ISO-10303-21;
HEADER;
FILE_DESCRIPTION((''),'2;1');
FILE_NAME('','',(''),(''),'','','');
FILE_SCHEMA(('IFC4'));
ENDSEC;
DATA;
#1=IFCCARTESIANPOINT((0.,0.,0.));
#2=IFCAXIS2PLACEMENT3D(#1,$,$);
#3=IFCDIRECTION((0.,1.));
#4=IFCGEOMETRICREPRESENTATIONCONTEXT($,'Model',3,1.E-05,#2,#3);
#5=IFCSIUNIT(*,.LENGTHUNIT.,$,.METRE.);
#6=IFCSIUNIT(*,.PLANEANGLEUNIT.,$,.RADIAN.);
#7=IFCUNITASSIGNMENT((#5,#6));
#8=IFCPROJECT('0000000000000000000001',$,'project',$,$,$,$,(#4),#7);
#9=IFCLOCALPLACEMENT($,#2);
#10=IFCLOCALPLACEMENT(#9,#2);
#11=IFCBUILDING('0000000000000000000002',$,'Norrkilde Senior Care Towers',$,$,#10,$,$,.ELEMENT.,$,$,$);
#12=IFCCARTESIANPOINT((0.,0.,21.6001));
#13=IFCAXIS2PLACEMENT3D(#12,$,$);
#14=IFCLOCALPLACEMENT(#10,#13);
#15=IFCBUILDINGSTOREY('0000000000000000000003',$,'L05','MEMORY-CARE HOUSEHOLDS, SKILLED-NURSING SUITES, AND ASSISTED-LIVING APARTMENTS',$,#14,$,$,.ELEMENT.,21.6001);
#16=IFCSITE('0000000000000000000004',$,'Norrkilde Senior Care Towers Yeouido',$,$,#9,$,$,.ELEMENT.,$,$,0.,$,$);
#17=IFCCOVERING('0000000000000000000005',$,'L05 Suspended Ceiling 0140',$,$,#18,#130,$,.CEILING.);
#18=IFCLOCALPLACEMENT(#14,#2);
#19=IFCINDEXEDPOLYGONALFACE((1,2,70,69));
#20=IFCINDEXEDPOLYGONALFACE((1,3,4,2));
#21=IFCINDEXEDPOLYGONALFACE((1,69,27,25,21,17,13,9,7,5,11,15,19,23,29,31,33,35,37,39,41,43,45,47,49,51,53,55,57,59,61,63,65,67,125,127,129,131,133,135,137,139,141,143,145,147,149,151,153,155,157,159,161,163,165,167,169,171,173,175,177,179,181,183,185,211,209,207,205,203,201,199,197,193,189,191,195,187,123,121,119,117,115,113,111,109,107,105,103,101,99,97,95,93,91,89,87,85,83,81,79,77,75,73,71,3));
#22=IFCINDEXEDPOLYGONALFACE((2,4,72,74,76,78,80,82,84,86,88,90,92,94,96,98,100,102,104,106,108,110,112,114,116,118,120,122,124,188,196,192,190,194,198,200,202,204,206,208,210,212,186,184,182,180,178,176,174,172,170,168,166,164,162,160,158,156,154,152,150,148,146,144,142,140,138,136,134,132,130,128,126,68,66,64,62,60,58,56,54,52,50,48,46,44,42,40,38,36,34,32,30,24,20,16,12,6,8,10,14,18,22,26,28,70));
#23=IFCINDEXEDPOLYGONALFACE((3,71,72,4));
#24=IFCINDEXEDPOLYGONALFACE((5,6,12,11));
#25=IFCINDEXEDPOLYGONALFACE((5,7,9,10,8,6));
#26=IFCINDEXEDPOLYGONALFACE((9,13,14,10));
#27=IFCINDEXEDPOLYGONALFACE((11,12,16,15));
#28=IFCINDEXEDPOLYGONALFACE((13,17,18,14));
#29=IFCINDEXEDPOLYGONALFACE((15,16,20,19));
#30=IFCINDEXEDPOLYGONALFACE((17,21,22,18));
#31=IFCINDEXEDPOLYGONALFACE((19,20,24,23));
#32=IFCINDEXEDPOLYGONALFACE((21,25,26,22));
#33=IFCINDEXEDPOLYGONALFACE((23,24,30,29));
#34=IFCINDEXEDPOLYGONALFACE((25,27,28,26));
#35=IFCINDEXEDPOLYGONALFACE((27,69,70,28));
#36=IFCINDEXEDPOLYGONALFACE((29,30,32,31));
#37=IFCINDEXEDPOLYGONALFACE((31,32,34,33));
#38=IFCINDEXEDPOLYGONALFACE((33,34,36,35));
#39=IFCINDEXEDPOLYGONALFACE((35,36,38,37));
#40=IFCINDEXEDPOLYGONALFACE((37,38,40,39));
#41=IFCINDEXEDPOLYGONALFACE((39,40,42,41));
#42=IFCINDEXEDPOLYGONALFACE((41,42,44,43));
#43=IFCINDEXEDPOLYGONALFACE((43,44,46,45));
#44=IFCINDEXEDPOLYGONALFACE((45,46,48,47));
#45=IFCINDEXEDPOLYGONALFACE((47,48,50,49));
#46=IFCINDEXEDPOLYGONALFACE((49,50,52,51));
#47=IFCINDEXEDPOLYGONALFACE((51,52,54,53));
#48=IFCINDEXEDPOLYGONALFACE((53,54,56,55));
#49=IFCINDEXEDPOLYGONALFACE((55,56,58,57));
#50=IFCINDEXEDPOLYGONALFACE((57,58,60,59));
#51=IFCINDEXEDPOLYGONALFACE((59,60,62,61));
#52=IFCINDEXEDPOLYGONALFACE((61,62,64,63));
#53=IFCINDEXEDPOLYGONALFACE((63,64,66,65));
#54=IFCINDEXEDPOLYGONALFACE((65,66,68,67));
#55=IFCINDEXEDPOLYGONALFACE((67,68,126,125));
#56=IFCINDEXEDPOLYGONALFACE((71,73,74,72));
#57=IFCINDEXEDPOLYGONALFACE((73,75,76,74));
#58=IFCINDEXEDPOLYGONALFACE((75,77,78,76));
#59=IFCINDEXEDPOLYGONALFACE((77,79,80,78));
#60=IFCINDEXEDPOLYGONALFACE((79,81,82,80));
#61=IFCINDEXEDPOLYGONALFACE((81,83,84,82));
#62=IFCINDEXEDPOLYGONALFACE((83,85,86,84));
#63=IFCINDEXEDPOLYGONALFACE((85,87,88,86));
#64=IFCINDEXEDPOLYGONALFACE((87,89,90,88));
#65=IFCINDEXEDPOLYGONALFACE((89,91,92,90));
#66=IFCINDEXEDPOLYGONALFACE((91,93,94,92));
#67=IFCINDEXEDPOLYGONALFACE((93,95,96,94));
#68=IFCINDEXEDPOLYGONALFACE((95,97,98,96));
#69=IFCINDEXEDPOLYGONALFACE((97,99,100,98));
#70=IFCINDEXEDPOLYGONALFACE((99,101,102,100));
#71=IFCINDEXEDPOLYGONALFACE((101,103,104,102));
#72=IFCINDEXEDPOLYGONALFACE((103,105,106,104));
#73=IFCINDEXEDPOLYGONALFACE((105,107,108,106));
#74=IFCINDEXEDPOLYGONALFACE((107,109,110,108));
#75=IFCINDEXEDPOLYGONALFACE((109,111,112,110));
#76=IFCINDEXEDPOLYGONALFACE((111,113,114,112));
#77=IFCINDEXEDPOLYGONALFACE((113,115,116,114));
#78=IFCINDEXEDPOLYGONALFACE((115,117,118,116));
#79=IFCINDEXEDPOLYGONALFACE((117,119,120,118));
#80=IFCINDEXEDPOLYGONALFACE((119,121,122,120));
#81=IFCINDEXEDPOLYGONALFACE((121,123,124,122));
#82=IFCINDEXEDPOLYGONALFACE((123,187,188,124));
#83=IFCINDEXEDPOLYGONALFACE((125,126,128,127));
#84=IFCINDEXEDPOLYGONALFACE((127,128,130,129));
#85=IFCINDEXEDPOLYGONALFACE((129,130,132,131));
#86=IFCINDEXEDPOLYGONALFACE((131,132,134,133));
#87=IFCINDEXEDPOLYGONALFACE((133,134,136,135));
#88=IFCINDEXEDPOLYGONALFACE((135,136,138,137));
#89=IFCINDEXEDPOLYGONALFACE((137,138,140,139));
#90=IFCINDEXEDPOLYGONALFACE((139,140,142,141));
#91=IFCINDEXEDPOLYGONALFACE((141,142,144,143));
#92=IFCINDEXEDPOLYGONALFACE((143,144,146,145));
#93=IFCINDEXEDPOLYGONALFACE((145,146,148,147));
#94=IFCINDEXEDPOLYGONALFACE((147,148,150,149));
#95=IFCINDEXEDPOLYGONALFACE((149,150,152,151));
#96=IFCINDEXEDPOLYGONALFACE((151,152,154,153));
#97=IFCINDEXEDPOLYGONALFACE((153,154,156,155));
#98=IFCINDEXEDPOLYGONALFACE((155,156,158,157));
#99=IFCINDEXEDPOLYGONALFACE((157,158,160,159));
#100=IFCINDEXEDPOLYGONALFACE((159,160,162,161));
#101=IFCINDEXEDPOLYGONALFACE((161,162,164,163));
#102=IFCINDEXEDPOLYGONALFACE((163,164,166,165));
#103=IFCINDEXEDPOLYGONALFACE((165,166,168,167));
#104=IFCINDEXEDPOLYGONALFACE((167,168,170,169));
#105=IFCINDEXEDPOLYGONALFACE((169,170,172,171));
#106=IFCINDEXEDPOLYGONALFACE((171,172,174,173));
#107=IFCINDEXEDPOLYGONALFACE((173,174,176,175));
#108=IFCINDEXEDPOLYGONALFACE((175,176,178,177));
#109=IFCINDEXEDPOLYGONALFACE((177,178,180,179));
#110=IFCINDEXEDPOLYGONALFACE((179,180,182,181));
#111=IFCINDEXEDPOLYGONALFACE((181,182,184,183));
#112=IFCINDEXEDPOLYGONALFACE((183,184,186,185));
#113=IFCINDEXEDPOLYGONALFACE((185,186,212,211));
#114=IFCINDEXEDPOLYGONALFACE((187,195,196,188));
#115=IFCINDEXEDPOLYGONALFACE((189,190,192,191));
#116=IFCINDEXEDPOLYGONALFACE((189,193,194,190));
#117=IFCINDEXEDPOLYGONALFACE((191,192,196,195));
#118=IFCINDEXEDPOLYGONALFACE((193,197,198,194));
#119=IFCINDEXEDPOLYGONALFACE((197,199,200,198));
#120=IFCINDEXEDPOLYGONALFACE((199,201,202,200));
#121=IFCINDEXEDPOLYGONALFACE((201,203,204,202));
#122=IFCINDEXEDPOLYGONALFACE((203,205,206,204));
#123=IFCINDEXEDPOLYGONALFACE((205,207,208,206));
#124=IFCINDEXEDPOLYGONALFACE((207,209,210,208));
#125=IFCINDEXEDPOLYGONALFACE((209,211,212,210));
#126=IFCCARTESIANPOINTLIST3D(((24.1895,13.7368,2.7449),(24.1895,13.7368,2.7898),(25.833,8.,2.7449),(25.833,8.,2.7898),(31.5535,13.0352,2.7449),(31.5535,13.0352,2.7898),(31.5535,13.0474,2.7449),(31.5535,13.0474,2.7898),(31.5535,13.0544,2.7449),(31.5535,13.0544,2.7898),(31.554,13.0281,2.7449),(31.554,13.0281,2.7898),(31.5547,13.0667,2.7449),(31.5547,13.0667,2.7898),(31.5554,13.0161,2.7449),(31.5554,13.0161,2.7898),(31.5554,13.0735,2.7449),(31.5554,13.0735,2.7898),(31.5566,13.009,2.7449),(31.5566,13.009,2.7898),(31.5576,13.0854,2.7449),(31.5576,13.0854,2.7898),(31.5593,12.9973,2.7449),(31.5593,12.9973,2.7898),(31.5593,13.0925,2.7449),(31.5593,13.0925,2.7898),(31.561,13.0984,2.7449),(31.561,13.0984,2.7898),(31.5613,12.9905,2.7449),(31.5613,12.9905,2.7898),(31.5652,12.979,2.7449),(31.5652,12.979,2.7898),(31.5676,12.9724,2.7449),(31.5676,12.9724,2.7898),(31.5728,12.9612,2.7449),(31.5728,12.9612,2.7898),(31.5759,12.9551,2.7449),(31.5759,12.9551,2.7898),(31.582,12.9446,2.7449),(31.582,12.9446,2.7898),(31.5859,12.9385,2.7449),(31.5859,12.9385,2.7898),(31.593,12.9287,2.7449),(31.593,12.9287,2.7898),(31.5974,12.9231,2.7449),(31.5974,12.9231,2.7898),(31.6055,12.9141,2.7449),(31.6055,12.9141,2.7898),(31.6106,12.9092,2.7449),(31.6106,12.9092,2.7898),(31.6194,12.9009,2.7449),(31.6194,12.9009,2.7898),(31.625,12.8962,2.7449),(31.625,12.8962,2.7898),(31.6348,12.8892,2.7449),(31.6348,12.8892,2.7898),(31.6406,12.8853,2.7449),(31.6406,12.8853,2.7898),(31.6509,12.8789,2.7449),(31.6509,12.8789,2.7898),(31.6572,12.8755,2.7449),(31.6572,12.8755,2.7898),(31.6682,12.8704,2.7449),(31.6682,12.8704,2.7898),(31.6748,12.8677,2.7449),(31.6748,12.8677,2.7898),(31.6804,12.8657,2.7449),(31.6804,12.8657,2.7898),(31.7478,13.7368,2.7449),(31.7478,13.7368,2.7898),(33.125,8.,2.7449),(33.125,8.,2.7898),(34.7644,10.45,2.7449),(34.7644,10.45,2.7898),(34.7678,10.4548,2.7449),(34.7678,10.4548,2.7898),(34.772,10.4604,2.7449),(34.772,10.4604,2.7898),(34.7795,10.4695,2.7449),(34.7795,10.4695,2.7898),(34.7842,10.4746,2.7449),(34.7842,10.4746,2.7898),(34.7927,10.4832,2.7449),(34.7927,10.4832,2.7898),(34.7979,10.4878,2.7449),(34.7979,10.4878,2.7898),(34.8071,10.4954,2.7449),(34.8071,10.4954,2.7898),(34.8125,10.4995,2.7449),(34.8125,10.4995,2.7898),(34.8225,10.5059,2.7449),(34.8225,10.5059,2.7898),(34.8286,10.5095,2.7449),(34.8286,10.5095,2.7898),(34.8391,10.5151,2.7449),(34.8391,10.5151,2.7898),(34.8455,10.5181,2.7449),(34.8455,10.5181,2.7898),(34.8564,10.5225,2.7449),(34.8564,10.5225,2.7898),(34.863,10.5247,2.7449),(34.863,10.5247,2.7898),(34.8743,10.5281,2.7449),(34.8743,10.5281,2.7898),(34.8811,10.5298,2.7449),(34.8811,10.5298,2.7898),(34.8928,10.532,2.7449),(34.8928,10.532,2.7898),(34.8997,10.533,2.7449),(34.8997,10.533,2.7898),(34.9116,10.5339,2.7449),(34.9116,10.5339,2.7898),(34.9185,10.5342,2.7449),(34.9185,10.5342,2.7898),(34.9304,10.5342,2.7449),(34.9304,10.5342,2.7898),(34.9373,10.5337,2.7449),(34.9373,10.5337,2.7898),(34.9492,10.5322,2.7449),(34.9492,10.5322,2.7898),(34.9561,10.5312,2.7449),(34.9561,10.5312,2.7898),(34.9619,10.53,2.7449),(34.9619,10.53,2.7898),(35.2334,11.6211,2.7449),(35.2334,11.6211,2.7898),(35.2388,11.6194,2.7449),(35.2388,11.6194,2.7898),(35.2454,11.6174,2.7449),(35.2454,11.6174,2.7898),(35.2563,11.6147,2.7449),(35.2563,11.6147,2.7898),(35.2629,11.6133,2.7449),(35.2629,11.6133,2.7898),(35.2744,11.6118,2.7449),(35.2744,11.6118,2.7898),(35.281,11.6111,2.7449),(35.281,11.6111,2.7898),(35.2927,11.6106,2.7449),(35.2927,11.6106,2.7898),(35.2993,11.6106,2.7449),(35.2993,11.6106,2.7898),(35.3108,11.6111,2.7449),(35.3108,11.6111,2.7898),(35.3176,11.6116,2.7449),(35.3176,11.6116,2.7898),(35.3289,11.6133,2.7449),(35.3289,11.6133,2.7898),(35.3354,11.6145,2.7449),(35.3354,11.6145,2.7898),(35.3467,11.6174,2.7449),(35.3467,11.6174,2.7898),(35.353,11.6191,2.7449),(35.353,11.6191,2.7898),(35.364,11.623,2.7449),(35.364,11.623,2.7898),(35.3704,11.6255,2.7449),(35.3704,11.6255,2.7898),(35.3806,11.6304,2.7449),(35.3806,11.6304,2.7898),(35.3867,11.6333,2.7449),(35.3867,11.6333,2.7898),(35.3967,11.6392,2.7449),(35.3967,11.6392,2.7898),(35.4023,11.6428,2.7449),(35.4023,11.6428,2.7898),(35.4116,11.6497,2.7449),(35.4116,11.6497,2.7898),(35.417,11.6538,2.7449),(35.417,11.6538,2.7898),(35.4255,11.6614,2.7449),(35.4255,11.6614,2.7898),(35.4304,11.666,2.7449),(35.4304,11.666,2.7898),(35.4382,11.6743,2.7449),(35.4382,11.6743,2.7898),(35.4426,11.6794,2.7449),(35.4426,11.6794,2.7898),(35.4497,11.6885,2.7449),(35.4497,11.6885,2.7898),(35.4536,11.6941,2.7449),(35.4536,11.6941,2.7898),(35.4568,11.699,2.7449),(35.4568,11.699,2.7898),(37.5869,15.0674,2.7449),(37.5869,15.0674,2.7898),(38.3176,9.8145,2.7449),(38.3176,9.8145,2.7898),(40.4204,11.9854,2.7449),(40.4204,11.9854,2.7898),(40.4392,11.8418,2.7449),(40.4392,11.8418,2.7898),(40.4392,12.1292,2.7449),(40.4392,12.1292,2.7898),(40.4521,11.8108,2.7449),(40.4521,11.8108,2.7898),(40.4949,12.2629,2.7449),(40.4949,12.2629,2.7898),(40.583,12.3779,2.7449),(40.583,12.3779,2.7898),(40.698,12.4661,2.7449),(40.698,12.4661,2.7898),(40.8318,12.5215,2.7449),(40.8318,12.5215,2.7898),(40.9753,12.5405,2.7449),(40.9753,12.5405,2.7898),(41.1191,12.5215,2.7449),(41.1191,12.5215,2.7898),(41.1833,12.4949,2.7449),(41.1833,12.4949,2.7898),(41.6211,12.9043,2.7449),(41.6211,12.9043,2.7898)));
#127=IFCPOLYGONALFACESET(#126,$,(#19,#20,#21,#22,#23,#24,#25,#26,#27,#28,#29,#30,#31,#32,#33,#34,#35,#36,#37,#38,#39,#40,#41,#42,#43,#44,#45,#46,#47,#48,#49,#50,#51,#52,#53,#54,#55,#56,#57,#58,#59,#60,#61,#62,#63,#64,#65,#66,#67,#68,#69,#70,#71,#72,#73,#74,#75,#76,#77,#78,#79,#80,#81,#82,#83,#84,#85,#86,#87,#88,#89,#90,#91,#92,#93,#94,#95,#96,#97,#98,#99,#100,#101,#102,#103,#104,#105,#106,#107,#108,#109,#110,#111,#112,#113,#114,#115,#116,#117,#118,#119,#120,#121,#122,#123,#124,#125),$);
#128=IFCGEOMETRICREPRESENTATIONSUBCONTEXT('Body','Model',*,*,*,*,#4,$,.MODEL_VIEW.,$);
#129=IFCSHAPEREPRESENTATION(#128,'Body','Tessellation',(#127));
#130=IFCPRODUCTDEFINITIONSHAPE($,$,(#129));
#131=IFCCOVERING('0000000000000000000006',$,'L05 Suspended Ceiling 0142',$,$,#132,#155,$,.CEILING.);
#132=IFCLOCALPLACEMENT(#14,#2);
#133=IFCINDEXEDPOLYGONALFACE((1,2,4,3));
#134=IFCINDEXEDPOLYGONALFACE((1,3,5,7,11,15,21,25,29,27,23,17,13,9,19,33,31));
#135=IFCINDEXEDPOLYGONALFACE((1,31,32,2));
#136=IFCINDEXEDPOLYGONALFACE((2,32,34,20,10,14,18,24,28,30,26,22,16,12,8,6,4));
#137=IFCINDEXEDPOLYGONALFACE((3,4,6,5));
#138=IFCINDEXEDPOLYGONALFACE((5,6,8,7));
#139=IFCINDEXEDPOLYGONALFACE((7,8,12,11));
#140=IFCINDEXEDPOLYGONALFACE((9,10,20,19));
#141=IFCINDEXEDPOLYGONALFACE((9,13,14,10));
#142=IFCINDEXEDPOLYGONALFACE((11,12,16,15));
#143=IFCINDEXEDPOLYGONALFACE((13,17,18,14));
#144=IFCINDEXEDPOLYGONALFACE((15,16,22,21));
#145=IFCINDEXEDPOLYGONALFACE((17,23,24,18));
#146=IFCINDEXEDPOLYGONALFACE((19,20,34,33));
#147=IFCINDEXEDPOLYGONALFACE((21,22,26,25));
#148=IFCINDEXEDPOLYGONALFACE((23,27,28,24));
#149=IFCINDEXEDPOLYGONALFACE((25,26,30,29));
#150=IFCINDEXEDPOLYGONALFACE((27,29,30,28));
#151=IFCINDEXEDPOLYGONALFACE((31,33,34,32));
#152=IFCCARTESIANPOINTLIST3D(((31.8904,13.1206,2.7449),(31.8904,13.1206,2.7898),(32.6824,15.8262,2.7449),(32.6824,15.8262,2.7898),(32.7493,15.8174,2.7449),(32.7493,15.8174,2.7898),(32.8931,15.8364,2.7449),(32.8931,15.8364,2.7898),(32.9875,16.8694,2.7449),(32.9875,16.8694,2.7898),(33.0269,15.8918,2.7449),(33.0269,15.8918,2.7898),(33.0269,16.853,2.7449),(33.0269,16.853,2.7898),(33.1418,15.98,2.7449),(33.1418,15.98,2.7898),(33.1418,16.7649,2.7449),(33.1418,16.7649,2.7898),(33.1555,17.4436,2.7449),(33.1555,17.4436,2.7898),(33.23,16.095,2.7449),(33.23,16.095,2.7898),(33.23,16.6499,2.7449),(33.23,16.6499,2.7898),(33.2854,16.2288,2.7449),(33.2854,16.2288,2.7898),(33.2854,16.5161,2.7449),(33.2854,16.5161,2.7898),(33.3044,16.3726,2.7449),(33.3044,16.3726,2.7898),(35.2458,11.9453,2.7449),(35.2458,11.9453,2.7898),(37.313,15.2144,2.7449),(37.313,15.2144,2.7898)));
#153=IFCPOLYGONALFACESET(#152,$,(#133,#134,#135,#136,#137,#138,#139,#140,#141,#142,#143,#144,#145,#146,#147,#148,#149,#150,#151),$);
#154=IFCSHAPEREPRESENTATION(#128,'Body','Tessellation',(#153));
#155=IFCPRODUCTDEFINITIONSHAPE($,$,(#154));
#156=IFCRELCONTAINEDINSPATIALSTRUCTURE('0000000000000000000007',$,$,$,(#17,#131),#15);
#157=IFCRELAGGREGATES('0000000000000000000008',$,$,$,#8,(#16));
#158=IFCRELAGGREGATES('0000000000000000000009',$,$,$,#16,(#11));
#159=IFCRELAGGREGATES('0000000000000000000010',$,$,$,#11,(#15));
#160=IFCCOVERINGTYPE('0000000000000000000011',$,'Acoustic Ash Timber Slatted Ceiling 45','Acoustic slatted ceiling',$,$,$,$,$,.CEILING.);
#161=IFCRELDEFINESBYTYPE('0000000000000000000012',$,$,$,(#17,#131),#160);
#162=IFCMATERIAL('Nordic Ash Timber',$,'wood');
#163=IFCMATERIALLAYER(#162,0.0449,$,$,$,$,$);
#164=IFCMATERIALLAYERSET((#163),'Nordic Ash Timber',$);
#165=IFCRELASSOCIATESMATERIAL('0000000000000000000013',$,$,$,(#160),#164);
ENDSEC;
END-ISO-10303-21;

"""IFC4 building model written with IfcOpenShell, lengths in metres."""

from ifc_helpers import new_model, si_unit, direction, frame, origin, place, context, subcontext, project, spatial, polyline, outline, extrude, material, layer, layer_set, type_object, element, save


model = new_model("IFC4")

# Units and contexts
model_context = context("Model", 3, precision=1e-05, world=origin(), true_north=direction((0.0, 1.0)))
body_context = subcontext(model_context, "Body", "Model", "MODEL_VIEW")
ifc_project = project(units=[si_unit("LENGTHUNIT", "METRE"), si_unit("PLANEANGLEUNIT", "RADIAN")], contexts=[model_context])

# Site, building, storey
site_placement = place(None, origin())
site = spatial("IfcSite", under=ifc_project, at=site_placement, Name="Norrkilde Senior Care Towers Yeouido", CompositionType="ELEMENT", RefElevation=0.0)
building_placement = place(site_placement, origin())
building = spatial("IfcBuilding", under=site, at=building_placement, Name="Norrkilde Senior Care Towers", CompositionType="ELEMENT")
storey_placement = place(building_placement, frame((0.0, 0.0, 21.6001)))
storey = spatial("IfcBuildingStorey", under=building, at=storey_placement, Name="L05", Description="MEMORY-CARE HOUSEHOLDS, SKILLED-NURSING SUITES, AND ASSISTED-LIVING APARTMENTS", CompositionType="ELEMENT", Elevation=21.6001)

# Coverings
ifc_material_1 = material(Name="Nordic Ash Timber", Category="wood")
ifc_layer_1 = layer(ifc_material_1, 0.0449)
ifc_layer_set_1 = layer_set([ifc_layer_1], Name="Nordic Ash Timber")
covering_type_1 = type_object("IfcCoveringType", Name="Acoustic Ash Timber Slatted Ceiling 45", Description="Acoustic slatted ceiling", PredefinedType="CEILING", material=ifc_layer_set_1)
covering_1_placement = place(storey_placement, frame((0.0, 0.0, 2.7449)))
element("IfcCovering", 1, at=covering_1_placement, inside=storey, type_object=covering_type_1, Name="L05 Suspended Ceiling 0140", PredefinedType="CEILING", context=body_context, shape_type="SweptSolid", body=[
    extrude(outline(polyline([(31.5554, 13.0735), (31.5547, 13.0667), (31.5535, 13.0544), (31.5535, 13.0474), (31.5535, 13.0352), (31.554, 13.0281), (31.5554, 13.0161), (31.5566, 13.009), (31.5593, 12.9973), (31.5613, 12.9905), (31.5652, 12.979), (31.5676, 12.9724), (31.5728, 12.9612), (31.5759, 12.9551), (31.582, 12.9446), (31.5859, 12.9385), (31.593, 12.9287), (31.5974, 12.9231), (31.6055, 12.9141), (31.6106, 12.9092), (31.6194, 12.9009), (31.625, 12.8962), (31.6348, 12.8892), (31.6406, 12.8853), (31.6509, 12.8789), (31.6572, 12.8755), (31.6682, 12.8704), (31.6748, 12.8677), (31.6804, 12.8657), (35.2334, 11.6211), (35.2388, 11.6194), (35.2454, 11.6174), (35.2563, 11.6147), (35.2629, 11.6133), (35.2744, 11.6118), (35.281, 11.6111), (35.2927, 11.6106), (35.2993, 11.6106), (35.3108, 11.6111), (35.3176, 11.6116), (35.3289, 11.6133), (35.3354, 11.6145), (35.3467, 11.6174), (35.353, 11.6191), (35.364, 11.623), (35.3704, 11.6255), (35.3806, 11.6304), (35.3867, 11.6333), (35.3967, 11.6392), (35.4023, 11.6428), (35.4116, 11.6497), (35.417, 11.6538), (35.4255, 11.6614), (35.4304, 11.666), (35.4382, 11.6743), (35.4426, 11.6794), (35.4497, 11.6885), (35.4536, 11.6941), (35.4568, 11.699), (37.5869, 15.0674), (41.6211, 12.9043), (41.1833, 12.4949), (41.1191, 12.5215), (40.9753, 12.5405), (40.8318, 12.5215), (40.698, 12.4661), (40.583, 12.3779), (40.4949, 12.2629), (40.4392, 12.1292), (40.4204, 11.9854), (40.4392, 11.8418), (40.4521, 11.8108), (38.3176, 9.8145), (34.9619, 10.53), (34.9561, 10.5312), (34.9492, 10.5322), (34.9373, 10.5337), (34.9304, 10.5342), (34.9185, 10.5342), (34.9116, 10.5339), (34.8997, 10.533), (34.8928, 10.532), (34.8811, 10.5298), (34.8743, 10.5281), (34.863, 10.5247), (34.8564, 10.5225), (34.8455, 10.5181), (34.8391, 10.5151), (34.8286, 10.5095), (34.8225, 10.5059), (34.8125, 10.4995), (34.8071, 10.4954), (34.7979, 10.4878), (34.7927, 10.4832), (34.7842, 10.4746), (34.7795, 10.4695), (34.772, 10.4604), (34.7678, 10.4548), (34.7644, 10.45), (33.125, 8.0), (25.833, 8.0), (24.1895, 13.7368), (31.7478, 13.7368), (31.561, 13.0984), (31.5593, 13.0925), (31.5576, 13.0854), (31.5554, 13.0735)])), origin(), (0.0, 0.0, 1.0), 0.0449),
])
covering_2_placement = place(storey_placement, frame((0.0, 0.0, 2.7449)))
element("IfcCovering", 2, at=covering_2_placement, inside=storey, type_object=covering_type_1, Name="L05 Suspended Ceiling 0142", PredefinedType="CEILING", context=body_context, shape_type="SweptSolid", body=[
    extrude(outline(polyline([(35.2458, 11.9453), (31.8904, 13.1206), (32.6824, 15.8262), (32.7493, 15.8174), (32.8931, 15.8364), (33.0269, 15.8918), (33.1418, 15.98), (33.23, 16.095), (33.2854, 16.2288), (33.3044, 16.3726), (33.2854, 16.5161), (33.23, 16.6499), (33.1418, 16.7649), (33.0269, 16.853), (32.9875, 16.8694), (33.1555, 17.4436), (37.313, 15.2144), (35.2458, 11.9453)])), origin(), (0.0, 0.0, 1.0), 0.0449),
])

save(model, "model.ifc")
